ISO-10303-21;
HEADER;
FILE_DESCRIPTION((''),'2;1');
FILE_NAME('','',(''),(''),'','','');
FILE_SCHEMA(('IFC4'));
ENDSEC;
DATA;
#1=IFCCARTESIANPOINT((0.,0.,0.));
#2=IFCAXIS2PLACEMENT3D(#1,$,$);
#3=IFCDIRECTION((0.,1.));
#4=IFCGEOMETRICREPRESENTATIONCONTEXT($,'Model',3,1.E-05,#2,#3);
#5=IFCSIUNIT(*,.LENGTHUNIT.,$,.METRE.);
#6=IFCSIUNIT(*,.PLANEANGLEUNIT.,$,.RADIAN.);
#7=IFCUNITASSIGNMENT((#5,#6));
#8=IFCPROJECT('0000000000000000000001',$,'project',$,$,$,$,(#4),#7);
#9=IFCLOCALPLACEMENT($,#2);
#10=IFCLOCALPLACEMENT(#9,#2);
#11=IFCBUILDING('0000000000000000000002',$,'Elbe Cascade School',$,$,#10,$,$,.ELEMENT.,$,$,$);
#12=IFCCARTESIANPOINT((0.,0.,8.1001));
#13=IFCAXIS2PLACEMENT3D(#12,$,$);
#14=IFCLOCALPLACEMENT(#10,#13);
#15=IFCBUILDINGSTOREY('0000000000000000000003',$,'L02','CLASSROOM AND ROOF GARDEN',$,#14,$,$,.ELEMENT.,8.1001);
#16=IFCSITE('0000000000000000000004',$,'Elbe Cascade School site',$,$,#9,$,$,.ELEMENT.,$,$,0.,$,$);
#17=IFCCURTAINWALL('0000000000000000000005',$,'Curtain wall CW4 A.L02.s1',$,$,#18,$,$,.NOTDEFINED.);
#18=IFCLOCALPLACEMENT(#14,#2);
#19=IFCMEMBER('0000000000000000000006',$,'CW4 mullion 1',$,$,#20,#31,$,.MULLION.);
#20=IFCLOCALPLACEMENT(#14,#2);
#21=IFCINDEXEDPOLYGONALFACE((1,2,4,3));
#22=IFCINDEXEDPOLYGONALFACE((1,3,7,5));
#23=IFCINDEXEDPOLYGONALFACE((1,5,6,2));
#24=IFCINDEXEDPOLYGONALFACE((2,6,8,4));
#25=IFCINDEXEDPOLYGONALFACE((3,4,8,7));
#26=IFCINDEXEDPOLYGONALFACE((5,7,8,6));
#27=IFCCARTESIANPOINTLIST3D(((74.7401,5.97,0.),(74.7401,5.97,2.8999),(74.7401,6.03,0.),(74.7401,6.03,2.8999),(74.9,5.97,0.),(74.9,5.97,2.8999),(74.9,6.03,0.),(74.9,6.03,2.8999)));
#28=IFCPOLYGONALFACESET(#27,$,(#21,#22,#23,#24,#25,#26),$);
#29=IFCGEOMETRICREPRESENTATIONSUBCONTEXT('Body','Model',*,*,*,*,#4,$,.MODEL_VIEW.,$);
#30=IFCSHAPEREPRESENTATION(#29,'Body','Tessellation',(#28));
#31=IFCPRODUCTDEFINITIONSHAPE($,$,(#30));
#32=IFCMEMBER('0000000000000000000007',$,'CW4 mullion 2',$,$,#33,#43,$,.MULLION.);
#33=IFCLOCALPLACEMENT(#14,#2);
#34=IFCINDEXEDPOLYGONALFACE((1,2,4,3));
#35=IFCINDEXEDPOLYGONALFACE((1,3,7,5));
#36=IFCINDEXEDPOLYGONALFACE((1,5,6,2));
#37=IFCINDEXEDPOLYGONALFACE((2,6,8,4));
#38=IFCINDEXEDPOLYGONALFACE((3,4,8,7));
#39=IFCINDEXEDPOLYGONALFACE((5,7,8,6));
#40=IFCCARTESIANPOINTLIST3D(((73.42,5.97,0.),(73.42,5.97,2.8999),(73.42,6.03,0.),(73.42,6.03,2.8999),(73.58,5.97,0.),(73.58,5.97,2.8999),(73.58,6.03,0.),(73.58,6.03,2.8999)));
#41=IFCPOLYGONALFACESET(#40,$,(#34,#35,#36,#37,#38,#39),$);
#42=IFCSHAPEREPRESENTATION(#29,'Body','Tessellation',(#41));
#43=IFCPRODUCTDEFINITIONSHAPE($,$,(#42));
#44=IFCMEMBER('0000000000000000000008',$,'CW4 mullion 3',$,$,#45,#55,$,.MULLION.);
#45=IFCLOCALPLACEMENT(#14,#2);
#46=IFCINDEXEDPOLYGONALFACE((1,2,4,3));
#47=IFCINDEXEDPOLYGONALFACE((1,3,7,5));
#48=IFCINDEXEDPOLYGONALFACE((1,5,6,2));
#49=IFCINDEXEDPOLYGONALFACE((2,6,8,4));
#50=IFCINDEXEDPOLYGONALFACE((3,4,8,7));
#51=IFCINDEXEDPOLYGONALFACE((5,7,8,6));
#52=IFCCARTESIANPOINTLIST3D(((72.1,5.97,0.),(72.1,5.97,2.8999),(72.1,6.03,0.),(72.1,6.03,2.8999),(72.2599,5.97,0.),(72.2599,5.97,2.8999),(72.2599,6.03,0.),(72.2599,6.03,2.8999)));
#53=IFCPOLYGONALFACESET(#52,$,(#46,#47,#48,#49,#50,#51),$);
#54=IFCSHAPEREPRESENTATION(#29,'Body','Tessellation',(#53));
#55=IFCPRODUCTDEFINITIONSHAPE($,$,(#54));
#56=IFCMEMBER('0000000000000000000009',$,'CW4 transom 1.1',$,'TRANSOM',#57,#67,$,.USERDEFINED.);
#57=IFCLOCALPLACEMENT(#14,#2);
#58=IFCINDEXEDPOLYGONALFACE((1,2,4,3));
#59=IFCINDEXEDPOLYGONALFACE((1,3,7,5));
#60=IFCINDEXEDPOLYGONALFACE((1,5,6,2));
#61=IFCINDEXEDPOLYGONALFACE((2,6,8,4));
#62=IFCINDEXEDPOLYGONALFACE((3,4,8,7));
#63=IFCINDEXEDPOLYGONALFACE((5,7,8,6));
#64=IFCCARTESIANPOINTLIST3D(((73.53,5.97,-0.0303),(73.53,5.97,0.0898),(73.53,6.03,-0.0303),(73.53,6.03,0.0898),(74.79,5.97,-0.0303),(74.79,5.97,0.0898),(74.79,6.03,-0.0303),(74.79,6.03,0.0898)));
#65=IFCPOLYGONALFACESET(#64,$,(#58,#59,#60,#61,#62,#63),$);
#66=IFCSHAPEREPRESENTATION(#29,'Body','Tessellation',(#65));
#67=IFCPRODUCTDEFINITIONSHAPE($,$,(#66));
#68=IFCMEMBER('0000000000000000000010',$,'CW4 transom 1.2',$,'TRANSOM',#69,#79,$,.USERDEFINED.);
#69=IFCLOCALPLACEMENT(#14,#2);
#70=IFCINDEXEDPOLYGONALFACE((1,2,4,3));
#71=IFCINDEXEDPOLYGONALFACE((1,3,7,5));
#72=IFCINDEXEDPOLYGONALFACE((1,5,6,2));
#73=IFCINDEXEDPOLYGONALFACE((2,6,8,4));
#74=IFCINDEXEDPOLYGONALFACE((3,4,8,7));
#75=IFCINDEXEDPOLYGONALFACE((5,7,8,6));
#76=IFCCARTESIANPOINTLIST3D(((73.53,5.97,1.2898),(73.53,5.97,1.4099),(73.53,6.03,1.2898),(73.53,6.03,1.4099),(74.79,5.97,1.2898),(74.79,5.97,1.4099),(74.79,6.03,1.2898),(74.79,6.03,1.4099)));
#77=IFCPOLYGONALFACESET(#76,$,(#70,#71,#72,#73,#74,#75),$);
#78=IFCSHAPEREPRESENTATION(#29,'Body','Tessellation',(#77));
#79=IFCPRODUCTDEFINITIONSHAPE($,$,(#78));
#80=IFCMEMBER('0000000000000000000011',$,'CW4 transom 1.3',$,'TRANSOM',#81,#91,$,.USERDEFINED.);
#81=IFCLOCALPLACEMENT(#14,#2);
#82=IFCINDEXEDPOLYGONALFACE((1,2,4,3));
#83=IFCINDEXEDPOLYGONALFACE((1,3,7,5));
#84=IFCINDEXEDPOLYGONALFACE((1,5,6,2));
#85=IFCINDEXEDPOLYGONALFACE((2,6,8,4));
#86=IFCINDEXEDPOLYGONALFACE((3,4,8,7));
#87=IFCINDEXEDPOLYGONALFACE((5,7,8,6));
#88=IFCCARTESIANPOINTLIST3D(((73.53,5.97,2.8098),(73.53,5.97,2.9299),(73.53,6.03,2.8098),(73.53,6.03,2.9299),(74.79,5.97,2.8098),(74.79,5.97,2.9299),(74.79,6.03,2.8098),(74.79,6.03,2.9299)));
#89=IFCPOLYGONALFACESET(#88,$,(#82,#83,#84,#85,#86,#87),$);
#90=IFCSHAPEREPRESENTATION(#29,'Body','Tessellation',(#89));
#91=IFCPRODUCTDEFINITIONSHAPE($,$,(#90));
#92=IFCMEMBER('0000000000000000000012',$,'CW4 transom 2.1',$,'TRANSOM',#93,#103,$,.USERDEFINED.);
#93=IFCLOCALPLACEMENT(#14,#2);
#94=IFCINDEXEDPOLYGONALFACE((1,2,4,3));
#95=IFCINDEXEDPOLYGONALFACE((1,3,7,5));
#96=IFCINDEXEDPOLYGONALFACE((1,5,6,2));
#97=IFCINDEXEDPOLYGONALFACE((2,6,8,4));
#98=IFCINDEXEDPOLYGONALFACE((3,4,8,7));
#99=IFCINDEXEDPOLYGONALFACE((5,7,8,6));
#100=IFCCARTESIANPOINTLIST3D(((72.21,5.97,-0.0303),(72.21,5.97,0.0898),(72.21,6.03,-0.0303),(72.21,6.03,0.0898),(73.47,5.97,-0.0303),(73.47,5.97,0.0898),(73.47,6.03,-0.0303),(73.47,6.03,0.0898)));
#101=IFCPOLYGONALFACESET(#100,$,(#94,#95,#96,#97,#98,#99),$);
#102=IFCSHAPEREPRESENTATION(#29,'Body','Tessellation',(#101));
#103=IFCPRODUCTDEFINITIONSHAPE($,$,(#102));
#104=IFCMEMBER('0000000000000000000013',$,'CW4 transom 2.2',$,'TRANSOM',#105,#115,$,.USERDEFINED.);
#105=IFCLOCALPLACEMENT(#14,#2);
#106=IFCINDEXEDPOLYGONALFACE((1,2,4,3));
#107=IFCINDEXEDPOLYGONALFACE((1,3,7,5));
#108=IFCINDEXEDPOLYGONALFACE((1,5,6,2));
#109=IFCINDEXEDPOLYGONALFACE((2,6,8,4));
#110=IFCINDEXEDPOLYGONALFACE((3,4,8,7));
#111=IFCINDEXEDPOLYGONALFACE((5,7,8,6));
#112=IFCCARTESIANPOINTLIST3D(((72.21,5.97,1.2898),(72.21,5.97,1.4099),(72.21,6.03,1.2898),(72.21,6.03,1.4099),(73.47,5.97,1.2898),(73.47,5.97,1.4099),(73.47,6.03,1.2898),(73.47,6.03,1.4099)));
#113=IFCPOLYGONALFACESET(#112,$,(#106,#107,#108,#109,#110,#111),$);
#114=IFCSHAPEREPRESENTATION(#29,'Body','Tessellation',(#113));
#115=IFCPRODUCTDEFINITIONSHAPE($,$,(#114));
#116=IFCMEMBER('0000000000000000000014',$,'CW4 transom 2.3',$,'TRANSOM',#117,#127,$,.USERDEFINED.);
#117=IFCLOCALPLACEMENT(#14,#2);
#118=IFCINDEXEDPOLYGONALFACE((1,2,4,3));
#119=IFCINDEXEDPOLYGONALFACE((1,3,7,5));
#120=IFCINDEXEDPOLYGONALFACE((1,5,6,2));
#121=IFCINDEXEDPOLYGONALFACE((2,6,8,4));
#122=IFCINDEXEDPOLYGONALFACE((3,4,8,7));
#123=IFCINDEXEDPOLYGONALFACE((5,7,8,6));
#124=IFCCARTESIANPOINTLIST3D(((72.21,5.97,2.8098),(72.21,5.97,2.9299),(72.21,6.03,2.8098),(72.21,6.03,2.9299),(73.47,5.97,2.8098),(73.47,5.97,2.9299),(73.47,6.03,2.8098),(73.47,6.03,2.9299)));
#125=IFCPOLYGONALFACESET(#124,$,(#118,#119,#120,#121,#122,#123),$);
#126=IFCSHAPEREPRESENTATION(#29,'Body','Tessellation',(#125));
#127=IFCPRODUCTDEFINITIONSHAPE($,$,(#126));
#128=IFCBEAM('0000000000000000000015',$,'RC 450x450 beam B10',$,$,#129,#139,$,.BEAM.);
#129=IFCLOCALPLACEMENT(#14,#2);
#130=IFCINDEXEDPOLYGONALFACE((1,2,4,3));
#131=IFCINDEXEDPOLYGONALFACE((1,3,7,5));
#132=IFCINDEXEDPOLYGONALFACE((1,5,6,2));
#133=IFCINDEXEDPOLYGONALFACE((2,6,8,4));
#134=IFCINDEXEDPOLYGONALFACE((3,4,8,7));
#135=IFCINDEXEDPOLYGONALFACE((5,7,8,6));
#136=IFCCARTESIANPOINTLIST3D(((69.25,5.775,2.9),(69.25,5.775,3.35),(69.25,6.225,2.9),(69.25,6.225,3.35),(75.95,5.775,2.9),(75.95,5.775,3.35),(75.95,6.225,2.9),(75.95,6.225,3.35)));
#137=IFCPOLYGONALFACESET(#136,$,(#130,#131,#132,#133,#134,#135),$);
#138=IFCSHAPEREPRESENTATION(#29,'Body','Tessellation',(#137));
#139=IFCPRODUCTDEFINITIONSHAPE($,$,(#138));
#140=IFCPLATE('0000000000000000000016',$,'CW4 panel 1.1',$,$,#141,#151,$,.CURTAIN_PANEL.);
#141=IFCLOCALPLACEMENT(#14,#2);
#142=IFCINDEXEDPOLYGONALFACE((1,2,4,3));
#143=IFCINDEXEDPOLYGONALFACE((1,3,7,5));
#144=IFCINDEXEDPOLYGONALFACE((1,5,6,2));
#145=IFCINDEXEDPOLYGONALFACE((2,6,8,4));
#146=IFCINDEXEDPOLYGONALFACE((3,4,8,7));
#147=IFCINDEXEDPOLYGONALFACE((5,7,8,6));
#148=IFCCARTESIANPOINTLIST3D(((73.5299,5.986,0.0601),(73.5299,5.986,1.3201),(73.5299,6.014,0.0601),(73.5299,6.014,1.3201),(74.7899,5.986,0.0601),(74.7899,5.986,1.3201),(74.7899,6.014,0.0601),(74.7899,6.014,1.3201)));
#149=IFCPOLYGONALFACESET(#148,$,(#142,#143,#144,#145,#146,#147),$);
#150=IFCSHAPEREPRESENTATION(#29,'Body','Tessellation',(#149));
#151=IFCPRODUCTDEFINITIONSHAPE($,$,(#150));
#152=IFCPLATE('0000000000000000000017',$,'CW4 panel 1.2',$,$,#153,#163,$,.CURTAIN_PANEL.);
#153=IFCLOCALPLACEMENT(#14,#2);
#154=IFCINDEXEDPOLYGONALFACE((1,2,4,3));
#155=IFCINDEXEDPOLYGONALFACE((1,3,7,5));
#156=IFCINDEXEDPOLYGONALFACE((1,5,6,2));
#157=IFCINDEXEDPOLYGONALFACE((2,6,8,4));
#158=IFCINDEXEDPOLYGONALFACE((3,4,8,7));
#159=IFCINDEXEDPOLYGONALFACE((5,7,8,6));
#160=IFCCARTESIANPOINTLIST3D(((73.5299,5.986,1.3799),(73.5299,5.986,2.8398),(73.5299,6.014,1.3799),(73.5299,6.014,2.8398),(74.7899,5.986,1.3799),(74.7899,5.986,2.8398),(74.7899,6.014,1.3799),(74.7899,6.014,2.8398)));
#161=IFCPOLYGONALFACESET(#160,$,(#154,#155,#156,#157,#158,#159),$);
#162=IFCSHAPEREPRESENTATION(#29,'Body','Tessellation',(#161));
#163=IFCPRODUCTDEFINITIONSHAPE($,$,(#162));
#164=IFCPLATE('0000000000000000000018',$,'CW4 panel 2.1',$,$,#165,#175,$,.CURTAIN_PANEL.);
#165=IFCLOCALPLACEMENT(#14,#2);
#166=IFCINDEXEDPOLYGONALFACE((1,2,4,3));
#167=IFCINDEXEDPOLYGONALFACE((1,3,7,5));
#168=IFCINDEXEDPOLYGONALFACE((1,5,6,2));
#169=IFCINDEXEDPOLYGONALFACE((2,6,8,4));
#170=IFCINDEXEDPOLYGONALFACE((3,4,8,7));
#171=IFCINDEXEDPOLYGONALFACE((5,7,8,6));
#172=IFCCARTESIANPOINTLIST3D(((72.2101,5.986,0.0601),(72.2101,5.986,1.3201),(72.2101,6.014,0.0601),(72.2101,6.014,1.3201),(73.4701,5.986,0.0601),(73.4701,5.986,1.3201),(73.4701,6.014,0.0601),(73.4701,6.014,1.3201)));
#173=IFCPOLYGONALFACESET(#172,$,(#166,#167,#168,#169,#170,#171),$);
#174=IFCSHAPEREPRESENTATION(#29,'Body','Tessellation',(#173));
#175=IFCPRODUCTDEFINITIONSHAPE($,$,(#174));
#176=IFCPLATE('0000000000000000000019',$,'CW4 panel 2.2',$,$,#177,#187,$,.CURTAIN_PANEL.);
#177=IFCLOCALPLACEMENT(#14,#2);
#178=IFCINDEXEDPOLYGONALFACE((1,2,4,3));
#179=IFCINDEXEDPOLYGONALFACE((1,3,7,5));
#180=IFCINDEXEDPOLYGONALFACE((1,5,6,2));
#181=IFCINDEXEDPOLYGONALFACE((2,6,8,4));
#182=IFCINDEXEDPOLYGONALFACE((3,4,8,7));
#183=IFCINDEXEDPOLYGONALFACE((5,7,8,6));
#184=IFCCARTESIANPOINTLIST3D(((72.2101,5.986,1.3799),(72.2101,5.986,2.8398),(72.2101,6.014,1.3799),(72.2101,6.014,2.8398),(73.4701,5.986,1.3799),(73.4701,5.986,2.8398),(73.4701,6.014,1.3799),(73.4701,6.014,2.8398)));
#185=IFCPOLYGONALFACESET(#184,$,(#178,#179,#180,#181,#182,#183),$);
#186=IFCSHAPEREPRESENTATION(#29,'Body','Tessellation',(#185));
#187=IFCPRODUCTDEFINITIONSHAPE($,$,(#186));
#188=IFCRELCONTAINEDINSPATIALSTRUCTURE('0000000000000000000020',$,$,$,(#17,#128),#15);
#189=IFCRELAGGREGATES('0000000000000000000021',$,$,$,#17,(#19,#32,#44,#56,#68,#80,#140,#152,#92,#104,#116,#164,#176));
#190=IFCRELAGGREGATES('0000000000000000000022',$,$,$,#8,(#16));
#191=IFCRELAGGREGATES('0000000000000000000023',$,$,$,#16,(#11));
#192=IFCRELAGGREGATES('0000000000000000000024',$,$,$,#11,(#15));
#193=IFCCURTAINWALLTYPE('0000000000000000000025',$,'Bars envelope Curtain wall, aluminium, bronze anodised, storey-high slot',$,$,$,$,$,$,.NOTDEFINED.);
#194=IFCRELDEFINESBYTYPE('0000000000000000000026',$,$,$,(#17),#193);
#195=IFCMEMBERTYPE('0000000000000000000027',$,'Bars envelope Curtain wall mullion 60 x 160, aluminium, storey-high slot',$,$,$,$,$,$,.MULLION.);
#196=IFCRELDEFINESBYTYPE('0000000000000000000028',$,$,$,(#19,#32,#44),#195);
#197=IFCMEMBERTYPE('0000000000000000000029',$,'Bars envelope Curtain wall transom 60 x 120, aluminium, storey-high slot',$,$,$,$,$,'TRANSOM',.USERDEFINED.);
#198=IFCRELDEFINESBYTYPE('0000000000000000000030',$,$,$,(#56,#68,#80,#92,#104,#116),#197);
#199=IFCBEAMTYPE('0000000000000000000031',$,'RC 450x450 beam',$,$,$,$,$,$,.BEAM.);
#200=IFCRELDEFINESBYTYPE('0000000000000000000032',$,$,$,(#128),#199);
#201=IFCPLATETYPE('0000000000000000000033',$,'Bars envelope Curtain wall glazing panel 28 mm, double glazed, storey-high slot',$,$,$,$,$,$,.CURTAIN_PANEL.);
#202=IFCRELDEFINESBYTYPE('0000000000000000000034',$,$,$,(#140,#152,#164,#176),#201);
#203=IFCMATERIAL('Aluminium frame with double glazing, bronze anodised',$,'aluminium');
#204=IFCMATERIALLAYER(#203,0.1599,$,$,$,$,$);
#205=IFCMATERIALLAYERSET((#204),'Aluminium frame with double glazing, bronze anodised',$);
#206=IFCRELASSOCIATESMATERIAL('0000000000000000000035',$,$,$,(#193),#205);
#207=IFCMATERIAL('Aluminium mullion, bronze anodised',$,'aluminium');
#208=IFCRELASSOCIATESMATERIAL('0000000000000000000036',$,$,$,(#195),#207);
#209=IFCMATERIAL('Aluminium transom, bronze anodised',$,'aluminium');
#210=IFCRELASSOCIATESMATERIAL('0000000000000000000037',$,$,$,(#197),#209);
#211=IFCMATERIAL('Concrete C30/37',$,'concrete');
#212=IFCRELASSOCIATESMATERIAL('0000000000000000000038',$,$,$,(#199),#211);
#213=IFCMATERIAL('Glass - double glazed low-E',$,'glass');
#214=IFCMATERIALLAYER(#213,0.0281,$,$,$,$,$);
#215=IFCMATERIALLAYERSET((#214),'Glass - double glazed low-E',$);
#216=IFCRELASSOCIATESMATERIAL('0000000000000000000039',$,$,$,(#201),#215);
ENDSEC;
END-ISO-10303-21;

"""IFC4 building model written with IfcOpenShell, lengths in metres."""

from ifc_helpers import new_model, si_unit, direction, frame, origin, origin_2d, place, context, subcontext, project, spatial, rectangle, extrude, material, layer, layer_set, material_profile, profile_set, type_object, element, aggregate, save


model = new_model("IFC4")

# Units and contexts
model_context = context("Model", 3, precision=1e-05, world=origin(), true_north=direction((0.0, 1.0)))
body_context = subcontext(model_context, "Body", "Model", "MODEL_VIEW")
ifc_project = project(units=[si_unit("LENGTHUNIT", "METRE"), si_unit("PLANEANGLEUNIT", "RADIAN")], contexts=[model_context])

# Site, building, storey
site_placement = place(None, origin())
site = spatial("IfcSite", under=ifc_project, at=site_placement, Name="Elbe Cascade School site", CompositionType="ELEMENT", RefElevation=0.0)
building_placement = place(site_placement, origin())
building = spatial("IfcBuilding", under=site, at=building_placement, Name="Elbe Cascade School", CompositionType="ELEMENT")
storey_placement = place(building_placement, frame((0.0, 0.0, 8.1001)))
storey = spatial("IfcBuildingStorey", under=building, at=storey_placement, Name="L02", Description="CLASSROOM AND ROOF GARDEN", CompositionType="ELEMENT", Elevation=8.1001)

# Curtain wall, members
ifc_material_1 = material(Name="Aluminium frame with double glazing, bronze anodised", Category="aluminium")
ifc_layer_1 = layer(ifc_material_1, 0.1599)
ifc_layer_set_1 = layer_set([ifc_layer_1], Name="Aluminium frame with double glazing, bronze anodised")
curtain_wall_type = type_object("IfcCurtainWallType", Name="Bars envelope Curtain wall, aluminium, bronze anodised, storey-high slot", PredefinedType="NOTDEFINED", material=ifc_layer_set_1)
curtain_wall_placement = place(storey_placement, origin())
curtain_wall = element("IfcCurtainWall", 1, at=curtain_wall_placement, inside=storey, type_object=curtain_wall_type, Name="Curtain wall CW4 A.L02.s1", PredefinedType="NOTDEFINED")
ifc_material_2 = material(Name="Aluminium mullion, bronze anodised", Category="aluminium")
ifc_material_profile_1 = material_profile(ifc_material_2, rectangle(XDim=0.0601, YDim=0.1599, at=origin_2d()), Name="Bars envelope Curtain wall mullion 60 x 160, aluminium, storey-high slot")
ifc_profile_set_1 = profile_set([ifc_material_profile_1], Name="Aluminium mullion, bronze anodised")
member_type_1 = type_object("IfcMemberType", Name="Bars envelope Curtain wall mullion 60 x 160, aluminium, storey-high slot", PredefinedType="MULLION", material=ifc_profile_set_1)
member_1_placement = place(storey_placement, frame((74.8201, 6.0, 0.0), z_axis=(0.0, 0.0, 1.0), x_axis=(0.0, -1.0, 0.0)))
member_1 = element("IfcMember", 2, at=member_1_placement, type_object=member_type_1, Name="CW4 mullion 1", PredefinedType="MULLION", context=body_context, shape_type="SweptSolid", body=[
    extrude(rectangle(XDim=0.0601, YDim=0.1599, at=origin_2d()), origin(), (0.0, 0.0, 1.0), 2.8999),
])
member_2_placement = place(storey_placement, frame((73.5, 6.0, 0.0), z_axis=(0.0, 0.0, 1.0), x_axis=(0.0, -1.0, 0.0)))
member_2 = element("IfcMember", 3, at=member_2_placement, type_object=member_type_1, Name="CW4 mullion 2", PredefinedType="MULLION", context=body_context, shape_type="SweptSolid", body=[
    extrude(rectangle(XDim=0.0601, YDim=0.1599, at=origin_2d()), origin(), (0.0, 0.0, 1.0), 2.8999),
])
member_3_placement = place(storey_placement, frame((72.1799, 6.0, 0.0), z_axis=(0.0, 0.0, 1.0), x_axis=(0.0, -1.0, 0.0)))
member_3 = element("IfcMember", 4, at=member_3_placement, type_object=member_type_1, Name="CW4 mullion 3", PredefinedType="MULLION", context=body_context, shape_type="SweptSolid", body=[
    extrude(rectangle(XDim=0.0601, YDim=0.1599, at=origin_2d()), origin(), (0.0, 0.0, 1.0), 2.8999),
])
ifc_material_3 = material(Name="Aluminium transom, bronze anodised", Category="aluminium")
ifc_material_profile_2 = material_profile(ifc_material_3, rectangle(XDim=0.0601, YDim=0.1201, at=origin_2d()), Name="Bars envelope Curtain wall transom 60 x 120, aluminium, storey-high slot")
ifc_profile_set_2 = profile_set([ifc_material_profile_2], Name="Aluminium transom, bronze anodised")
member_type_2 = type_object("IfcMemberType", Name="Bars envelope Curtain wall transom 60 x 120, aluminium, storey-high slot", ElementType="TRANSOM", PredefinedType="USERDEFINED", material=ifc_profile_set_2)
member_4_placement = place(storey_placement, frame((74.79, 6.0, 0.0298), z_axis=(-1.0, 0.0, 0.0), x_axis=(0.0, -1.0, 0.0)))
member_4 = element("IfcMember", 5, at=member_4_placement, type_object=member_type_2, Name="CW4 transom 1.1", ObjectType="TRANSOM", PredefinedType="USERDEFINED", context=body_context, shape_type="SweptSolid", body=[
    extrude(rectangle(XDim=0.0601, YDim=0.1201, at=origin_2d()), origin(), (0.0, 0.0, 1.0), 1.26),
])
member_5_placement = place(storey_placement, frame((74.79, 6.0, 1.3499), z_axis=(-1.0, 0.0, 0.0), x_axis=(0.0, -1.0, 0.0)))
member_5 = element("IfcMember", 6, at=member_5_placement, type_object=member_type_2, Name="CW4 transom 1.2", ObjectType="TRANSOM", PredefinedType="USERDEFINED", context=body_context, shape_type="SweptSolid", body=[
    extrude(rectangle(XDim=0.0601, YDim=0.1201, at=origin_2d()), origin(), (0.0, 0.0, 1.0), 1.26),
])
member_6_placement = place(storey_placement, frame((74.79, 6.0, 2.8699), z_axis=(-1.0, 0.0, 0.0), x_axis=(0.0, -1.0, 0.0)))
member_6 = element("IfcMember", 7, at=member_6_placement, type_object=member_type_2, Name="CW4 transom 1.3", ObjectType="TRANSOM", PredefinedType="USERDEFINED", context=body_context, shape_type="SweptSolid", body=[
    extrude(rectangle(XDim=0.0601, YDim=0.1201, at=origin_2d()), origin(), (0.0, 0.0, 1.0), 1.26),
])
member_7_placement = place(storey_placement, frame((73.47, 6.0, 0.0298), z_axis=(-1.0, 0.0, 0.0), x_axis=(0.0, -1.0, 0.0)))
member_7 = element("IfcMember", 8, at=member_7_placement, type_object=member_type_2, Name="CW4 transom 2.1", ObjectType="TRANSOM", PredefinedType="USERDEFINED", context=body_context, shape_type="SweptSolid", body=[
    extrude(rectangle(XDim=0.0601, YDim=0.1201, at=origin_2d()), origin(), (0.0, 0.0, 1.0), 1.26),
])
member_8_placement = place(storey_placement, frame((73.47, 6.0, 1.3499), z_axis=(-1.0, 0.0, 0.0), x_axis=(0.0, -1.0, 0.0)))
member_8 = element("IfcMember", 9, at=member_8_placement, type_object=member_type_2, Name="CW4 transom 2.2", ObjectType="TRANSOM", PredefinedType="USERDEFINED", context=body_context, shape_type="SweptSolid", body=[
    extrude(rectangle(XDim=0.0601, YDim=0.1201, at=origin_2d()), origin(), (0.0, 0.0, 1.0), 1.26),
])
member_9_placement = place(storey_placement, frame((73.47, 6.0, 2.8699), z_axis=(-1.0, 0.0, 0.0), x_axis=(0.0, -1.0, 0.0)))
member_9 = element("IfcMember", 10, at=member_9_placement, type_object=member_type_2, Name="CW4 transom 2.3", ObjectType="TRANSOM", PredefinedType="USERDEFINED", context=body_context, shape_type="SweptSolid", body=[
    extrude(rectangle(XDim=0.0601, YDim=0.1201, at=origin_2d()), origin(), (0.0, 0.0, 1.0), 1.26),
])

# Beam
ifc_material_4 = material(Name="Concrete C30/37", Category="concrete")
ifc_material_profile_3 = material_profile(ifc_material_4, rectangle(XDim=0.45, YDim=0.45, at=origin_2d()), Name="RC 450x450")
ifc_profile_set_3 = profile_set([ifc_material_profile_3], Name="Concrete C30/37")
beam_type = type_object("IfcBeamType", Name="RC 450x450 beam", PredefinedType="BEAM", material=ifc_profile_set_3)
beam_placement = place(storey_placement, frame((69.25, 6.0, 3.125), z_axis=(1.0, 0.0, 0.0), x_axis=(0.0, 1.0, 0.0)))
element("IfcBeam", 11, at=beam_placement, inside=storey, type_object=beam_type, Name="RC 450x450 beam B10", PredefinedType="BEAM", context=body_context, shape_type="SweptSolid", body=[
    extrude(rectangle(XDim=0.45, YDim=0.45, at=origin_2d()), origin(), (0.0, 0.0, 1.0), 6.7),
])

# Plates
ifc_material_5 = material(Name="Glass - double glazed low-E", Category="glass")
ifc_layer_2 = layer(ifc_material_5, 0.0281)
ifc_layer_set_2 = layer_set([ifc_layer_2], Name="Glass - double glazed low-E")
plate_type = type_object("IfcPlateType", Name="Bars envelope Curtain wall glazing panel 28 mm, double glazed, storey-high slot", PredefinedType="CURTAIN_PANEL", material=ifc_layer_set_2)
plate_1_placement = place(storey_placement, frame((74.1599, 6.0, 0.0601), z_axis=(0.0, 0.0, 1.0), x_axis=(-1.0, 0.0, 0.0)))
plate_1 = element("IfcPlate", 12, at=plate_1_placement, type_object=plate_type, Name="CW4 panel 1.1", PredefinedType="CURTAIN_PANEL", context=body_context, shape_type="SweptSolid", body=[
    extrude(rectangle(XDim=1.26, YDim=0.0281, at=origin_2d()), origin(), (0.0, 0.0, 1.0), 1.26),
])
plate_2_placement = place(storey_placement, frame((74.1599, 6.0, 1.3799), z_axis=(0.0, 0.0, 1.0), x_axis=(-1.0, 0.0, 0.0)))
plate_2 = element("IfcPlate", 13, at=plate_2_placement, type_object=plate_type, Name="CW4 panel 1.2", PredefinedType="CURTAIN_PANEL", context=body_context, shape_type="SweptSolid", body=[
    extrude(rectangle(XDim=1.26, YDim=0.0281, at=origin_2d()), origin(), (0.0, 0.0, 1.0), 1.46),
])
plate_3_placement = place(storey_placement, frame((72.8401, 6.0, 0.0601), z_axis=(0.0, 0.0, 1.0), x_axis=(-1.0, 0.0, 0.0)))
plate_3 = element("IfcPlate", 14, at=plate_3_placement, type_object=plate_type, Name="CW4 panel 2.1", PredefinedType="CURTAIN_PANEL", context=body_context, shape_type="SweptSolid", body=[
    extrude(rectangle(XDim=1.26, YDim=0.0281, at=origin_2d()), origin(), (0.0, 0.0, 1.0), 1.26),
])
plate_4_placement = place(storey_placement, frame((72.8401, 6.0, 1.3799), z_axis=(0.0, 0.0, 1.0), x_axis=(-1.0, 0.0, 0.0)))
plate_4 = element("IfcPlate", 15, at=plate_4_placement, type_object=plate_type, Name="CW4 panel 2.2", PredefinedType="CURTAIN_PANEL", context=body_context, shape_type="SweptSolid", body=[
    extrude(rectangle(XDim=1.26, YDim=0.0281, at=origin_2d()), origin(), (0.0, 0.0, 1.0), 1.46),
])
aggregate(curtain_wall, [member_1, member_2, member_3, member_4, member_5, member_6, plate_1, plate_2, member_7, member_8, member_9, plate_3, plate_4])

save(model, "model.ifc")
